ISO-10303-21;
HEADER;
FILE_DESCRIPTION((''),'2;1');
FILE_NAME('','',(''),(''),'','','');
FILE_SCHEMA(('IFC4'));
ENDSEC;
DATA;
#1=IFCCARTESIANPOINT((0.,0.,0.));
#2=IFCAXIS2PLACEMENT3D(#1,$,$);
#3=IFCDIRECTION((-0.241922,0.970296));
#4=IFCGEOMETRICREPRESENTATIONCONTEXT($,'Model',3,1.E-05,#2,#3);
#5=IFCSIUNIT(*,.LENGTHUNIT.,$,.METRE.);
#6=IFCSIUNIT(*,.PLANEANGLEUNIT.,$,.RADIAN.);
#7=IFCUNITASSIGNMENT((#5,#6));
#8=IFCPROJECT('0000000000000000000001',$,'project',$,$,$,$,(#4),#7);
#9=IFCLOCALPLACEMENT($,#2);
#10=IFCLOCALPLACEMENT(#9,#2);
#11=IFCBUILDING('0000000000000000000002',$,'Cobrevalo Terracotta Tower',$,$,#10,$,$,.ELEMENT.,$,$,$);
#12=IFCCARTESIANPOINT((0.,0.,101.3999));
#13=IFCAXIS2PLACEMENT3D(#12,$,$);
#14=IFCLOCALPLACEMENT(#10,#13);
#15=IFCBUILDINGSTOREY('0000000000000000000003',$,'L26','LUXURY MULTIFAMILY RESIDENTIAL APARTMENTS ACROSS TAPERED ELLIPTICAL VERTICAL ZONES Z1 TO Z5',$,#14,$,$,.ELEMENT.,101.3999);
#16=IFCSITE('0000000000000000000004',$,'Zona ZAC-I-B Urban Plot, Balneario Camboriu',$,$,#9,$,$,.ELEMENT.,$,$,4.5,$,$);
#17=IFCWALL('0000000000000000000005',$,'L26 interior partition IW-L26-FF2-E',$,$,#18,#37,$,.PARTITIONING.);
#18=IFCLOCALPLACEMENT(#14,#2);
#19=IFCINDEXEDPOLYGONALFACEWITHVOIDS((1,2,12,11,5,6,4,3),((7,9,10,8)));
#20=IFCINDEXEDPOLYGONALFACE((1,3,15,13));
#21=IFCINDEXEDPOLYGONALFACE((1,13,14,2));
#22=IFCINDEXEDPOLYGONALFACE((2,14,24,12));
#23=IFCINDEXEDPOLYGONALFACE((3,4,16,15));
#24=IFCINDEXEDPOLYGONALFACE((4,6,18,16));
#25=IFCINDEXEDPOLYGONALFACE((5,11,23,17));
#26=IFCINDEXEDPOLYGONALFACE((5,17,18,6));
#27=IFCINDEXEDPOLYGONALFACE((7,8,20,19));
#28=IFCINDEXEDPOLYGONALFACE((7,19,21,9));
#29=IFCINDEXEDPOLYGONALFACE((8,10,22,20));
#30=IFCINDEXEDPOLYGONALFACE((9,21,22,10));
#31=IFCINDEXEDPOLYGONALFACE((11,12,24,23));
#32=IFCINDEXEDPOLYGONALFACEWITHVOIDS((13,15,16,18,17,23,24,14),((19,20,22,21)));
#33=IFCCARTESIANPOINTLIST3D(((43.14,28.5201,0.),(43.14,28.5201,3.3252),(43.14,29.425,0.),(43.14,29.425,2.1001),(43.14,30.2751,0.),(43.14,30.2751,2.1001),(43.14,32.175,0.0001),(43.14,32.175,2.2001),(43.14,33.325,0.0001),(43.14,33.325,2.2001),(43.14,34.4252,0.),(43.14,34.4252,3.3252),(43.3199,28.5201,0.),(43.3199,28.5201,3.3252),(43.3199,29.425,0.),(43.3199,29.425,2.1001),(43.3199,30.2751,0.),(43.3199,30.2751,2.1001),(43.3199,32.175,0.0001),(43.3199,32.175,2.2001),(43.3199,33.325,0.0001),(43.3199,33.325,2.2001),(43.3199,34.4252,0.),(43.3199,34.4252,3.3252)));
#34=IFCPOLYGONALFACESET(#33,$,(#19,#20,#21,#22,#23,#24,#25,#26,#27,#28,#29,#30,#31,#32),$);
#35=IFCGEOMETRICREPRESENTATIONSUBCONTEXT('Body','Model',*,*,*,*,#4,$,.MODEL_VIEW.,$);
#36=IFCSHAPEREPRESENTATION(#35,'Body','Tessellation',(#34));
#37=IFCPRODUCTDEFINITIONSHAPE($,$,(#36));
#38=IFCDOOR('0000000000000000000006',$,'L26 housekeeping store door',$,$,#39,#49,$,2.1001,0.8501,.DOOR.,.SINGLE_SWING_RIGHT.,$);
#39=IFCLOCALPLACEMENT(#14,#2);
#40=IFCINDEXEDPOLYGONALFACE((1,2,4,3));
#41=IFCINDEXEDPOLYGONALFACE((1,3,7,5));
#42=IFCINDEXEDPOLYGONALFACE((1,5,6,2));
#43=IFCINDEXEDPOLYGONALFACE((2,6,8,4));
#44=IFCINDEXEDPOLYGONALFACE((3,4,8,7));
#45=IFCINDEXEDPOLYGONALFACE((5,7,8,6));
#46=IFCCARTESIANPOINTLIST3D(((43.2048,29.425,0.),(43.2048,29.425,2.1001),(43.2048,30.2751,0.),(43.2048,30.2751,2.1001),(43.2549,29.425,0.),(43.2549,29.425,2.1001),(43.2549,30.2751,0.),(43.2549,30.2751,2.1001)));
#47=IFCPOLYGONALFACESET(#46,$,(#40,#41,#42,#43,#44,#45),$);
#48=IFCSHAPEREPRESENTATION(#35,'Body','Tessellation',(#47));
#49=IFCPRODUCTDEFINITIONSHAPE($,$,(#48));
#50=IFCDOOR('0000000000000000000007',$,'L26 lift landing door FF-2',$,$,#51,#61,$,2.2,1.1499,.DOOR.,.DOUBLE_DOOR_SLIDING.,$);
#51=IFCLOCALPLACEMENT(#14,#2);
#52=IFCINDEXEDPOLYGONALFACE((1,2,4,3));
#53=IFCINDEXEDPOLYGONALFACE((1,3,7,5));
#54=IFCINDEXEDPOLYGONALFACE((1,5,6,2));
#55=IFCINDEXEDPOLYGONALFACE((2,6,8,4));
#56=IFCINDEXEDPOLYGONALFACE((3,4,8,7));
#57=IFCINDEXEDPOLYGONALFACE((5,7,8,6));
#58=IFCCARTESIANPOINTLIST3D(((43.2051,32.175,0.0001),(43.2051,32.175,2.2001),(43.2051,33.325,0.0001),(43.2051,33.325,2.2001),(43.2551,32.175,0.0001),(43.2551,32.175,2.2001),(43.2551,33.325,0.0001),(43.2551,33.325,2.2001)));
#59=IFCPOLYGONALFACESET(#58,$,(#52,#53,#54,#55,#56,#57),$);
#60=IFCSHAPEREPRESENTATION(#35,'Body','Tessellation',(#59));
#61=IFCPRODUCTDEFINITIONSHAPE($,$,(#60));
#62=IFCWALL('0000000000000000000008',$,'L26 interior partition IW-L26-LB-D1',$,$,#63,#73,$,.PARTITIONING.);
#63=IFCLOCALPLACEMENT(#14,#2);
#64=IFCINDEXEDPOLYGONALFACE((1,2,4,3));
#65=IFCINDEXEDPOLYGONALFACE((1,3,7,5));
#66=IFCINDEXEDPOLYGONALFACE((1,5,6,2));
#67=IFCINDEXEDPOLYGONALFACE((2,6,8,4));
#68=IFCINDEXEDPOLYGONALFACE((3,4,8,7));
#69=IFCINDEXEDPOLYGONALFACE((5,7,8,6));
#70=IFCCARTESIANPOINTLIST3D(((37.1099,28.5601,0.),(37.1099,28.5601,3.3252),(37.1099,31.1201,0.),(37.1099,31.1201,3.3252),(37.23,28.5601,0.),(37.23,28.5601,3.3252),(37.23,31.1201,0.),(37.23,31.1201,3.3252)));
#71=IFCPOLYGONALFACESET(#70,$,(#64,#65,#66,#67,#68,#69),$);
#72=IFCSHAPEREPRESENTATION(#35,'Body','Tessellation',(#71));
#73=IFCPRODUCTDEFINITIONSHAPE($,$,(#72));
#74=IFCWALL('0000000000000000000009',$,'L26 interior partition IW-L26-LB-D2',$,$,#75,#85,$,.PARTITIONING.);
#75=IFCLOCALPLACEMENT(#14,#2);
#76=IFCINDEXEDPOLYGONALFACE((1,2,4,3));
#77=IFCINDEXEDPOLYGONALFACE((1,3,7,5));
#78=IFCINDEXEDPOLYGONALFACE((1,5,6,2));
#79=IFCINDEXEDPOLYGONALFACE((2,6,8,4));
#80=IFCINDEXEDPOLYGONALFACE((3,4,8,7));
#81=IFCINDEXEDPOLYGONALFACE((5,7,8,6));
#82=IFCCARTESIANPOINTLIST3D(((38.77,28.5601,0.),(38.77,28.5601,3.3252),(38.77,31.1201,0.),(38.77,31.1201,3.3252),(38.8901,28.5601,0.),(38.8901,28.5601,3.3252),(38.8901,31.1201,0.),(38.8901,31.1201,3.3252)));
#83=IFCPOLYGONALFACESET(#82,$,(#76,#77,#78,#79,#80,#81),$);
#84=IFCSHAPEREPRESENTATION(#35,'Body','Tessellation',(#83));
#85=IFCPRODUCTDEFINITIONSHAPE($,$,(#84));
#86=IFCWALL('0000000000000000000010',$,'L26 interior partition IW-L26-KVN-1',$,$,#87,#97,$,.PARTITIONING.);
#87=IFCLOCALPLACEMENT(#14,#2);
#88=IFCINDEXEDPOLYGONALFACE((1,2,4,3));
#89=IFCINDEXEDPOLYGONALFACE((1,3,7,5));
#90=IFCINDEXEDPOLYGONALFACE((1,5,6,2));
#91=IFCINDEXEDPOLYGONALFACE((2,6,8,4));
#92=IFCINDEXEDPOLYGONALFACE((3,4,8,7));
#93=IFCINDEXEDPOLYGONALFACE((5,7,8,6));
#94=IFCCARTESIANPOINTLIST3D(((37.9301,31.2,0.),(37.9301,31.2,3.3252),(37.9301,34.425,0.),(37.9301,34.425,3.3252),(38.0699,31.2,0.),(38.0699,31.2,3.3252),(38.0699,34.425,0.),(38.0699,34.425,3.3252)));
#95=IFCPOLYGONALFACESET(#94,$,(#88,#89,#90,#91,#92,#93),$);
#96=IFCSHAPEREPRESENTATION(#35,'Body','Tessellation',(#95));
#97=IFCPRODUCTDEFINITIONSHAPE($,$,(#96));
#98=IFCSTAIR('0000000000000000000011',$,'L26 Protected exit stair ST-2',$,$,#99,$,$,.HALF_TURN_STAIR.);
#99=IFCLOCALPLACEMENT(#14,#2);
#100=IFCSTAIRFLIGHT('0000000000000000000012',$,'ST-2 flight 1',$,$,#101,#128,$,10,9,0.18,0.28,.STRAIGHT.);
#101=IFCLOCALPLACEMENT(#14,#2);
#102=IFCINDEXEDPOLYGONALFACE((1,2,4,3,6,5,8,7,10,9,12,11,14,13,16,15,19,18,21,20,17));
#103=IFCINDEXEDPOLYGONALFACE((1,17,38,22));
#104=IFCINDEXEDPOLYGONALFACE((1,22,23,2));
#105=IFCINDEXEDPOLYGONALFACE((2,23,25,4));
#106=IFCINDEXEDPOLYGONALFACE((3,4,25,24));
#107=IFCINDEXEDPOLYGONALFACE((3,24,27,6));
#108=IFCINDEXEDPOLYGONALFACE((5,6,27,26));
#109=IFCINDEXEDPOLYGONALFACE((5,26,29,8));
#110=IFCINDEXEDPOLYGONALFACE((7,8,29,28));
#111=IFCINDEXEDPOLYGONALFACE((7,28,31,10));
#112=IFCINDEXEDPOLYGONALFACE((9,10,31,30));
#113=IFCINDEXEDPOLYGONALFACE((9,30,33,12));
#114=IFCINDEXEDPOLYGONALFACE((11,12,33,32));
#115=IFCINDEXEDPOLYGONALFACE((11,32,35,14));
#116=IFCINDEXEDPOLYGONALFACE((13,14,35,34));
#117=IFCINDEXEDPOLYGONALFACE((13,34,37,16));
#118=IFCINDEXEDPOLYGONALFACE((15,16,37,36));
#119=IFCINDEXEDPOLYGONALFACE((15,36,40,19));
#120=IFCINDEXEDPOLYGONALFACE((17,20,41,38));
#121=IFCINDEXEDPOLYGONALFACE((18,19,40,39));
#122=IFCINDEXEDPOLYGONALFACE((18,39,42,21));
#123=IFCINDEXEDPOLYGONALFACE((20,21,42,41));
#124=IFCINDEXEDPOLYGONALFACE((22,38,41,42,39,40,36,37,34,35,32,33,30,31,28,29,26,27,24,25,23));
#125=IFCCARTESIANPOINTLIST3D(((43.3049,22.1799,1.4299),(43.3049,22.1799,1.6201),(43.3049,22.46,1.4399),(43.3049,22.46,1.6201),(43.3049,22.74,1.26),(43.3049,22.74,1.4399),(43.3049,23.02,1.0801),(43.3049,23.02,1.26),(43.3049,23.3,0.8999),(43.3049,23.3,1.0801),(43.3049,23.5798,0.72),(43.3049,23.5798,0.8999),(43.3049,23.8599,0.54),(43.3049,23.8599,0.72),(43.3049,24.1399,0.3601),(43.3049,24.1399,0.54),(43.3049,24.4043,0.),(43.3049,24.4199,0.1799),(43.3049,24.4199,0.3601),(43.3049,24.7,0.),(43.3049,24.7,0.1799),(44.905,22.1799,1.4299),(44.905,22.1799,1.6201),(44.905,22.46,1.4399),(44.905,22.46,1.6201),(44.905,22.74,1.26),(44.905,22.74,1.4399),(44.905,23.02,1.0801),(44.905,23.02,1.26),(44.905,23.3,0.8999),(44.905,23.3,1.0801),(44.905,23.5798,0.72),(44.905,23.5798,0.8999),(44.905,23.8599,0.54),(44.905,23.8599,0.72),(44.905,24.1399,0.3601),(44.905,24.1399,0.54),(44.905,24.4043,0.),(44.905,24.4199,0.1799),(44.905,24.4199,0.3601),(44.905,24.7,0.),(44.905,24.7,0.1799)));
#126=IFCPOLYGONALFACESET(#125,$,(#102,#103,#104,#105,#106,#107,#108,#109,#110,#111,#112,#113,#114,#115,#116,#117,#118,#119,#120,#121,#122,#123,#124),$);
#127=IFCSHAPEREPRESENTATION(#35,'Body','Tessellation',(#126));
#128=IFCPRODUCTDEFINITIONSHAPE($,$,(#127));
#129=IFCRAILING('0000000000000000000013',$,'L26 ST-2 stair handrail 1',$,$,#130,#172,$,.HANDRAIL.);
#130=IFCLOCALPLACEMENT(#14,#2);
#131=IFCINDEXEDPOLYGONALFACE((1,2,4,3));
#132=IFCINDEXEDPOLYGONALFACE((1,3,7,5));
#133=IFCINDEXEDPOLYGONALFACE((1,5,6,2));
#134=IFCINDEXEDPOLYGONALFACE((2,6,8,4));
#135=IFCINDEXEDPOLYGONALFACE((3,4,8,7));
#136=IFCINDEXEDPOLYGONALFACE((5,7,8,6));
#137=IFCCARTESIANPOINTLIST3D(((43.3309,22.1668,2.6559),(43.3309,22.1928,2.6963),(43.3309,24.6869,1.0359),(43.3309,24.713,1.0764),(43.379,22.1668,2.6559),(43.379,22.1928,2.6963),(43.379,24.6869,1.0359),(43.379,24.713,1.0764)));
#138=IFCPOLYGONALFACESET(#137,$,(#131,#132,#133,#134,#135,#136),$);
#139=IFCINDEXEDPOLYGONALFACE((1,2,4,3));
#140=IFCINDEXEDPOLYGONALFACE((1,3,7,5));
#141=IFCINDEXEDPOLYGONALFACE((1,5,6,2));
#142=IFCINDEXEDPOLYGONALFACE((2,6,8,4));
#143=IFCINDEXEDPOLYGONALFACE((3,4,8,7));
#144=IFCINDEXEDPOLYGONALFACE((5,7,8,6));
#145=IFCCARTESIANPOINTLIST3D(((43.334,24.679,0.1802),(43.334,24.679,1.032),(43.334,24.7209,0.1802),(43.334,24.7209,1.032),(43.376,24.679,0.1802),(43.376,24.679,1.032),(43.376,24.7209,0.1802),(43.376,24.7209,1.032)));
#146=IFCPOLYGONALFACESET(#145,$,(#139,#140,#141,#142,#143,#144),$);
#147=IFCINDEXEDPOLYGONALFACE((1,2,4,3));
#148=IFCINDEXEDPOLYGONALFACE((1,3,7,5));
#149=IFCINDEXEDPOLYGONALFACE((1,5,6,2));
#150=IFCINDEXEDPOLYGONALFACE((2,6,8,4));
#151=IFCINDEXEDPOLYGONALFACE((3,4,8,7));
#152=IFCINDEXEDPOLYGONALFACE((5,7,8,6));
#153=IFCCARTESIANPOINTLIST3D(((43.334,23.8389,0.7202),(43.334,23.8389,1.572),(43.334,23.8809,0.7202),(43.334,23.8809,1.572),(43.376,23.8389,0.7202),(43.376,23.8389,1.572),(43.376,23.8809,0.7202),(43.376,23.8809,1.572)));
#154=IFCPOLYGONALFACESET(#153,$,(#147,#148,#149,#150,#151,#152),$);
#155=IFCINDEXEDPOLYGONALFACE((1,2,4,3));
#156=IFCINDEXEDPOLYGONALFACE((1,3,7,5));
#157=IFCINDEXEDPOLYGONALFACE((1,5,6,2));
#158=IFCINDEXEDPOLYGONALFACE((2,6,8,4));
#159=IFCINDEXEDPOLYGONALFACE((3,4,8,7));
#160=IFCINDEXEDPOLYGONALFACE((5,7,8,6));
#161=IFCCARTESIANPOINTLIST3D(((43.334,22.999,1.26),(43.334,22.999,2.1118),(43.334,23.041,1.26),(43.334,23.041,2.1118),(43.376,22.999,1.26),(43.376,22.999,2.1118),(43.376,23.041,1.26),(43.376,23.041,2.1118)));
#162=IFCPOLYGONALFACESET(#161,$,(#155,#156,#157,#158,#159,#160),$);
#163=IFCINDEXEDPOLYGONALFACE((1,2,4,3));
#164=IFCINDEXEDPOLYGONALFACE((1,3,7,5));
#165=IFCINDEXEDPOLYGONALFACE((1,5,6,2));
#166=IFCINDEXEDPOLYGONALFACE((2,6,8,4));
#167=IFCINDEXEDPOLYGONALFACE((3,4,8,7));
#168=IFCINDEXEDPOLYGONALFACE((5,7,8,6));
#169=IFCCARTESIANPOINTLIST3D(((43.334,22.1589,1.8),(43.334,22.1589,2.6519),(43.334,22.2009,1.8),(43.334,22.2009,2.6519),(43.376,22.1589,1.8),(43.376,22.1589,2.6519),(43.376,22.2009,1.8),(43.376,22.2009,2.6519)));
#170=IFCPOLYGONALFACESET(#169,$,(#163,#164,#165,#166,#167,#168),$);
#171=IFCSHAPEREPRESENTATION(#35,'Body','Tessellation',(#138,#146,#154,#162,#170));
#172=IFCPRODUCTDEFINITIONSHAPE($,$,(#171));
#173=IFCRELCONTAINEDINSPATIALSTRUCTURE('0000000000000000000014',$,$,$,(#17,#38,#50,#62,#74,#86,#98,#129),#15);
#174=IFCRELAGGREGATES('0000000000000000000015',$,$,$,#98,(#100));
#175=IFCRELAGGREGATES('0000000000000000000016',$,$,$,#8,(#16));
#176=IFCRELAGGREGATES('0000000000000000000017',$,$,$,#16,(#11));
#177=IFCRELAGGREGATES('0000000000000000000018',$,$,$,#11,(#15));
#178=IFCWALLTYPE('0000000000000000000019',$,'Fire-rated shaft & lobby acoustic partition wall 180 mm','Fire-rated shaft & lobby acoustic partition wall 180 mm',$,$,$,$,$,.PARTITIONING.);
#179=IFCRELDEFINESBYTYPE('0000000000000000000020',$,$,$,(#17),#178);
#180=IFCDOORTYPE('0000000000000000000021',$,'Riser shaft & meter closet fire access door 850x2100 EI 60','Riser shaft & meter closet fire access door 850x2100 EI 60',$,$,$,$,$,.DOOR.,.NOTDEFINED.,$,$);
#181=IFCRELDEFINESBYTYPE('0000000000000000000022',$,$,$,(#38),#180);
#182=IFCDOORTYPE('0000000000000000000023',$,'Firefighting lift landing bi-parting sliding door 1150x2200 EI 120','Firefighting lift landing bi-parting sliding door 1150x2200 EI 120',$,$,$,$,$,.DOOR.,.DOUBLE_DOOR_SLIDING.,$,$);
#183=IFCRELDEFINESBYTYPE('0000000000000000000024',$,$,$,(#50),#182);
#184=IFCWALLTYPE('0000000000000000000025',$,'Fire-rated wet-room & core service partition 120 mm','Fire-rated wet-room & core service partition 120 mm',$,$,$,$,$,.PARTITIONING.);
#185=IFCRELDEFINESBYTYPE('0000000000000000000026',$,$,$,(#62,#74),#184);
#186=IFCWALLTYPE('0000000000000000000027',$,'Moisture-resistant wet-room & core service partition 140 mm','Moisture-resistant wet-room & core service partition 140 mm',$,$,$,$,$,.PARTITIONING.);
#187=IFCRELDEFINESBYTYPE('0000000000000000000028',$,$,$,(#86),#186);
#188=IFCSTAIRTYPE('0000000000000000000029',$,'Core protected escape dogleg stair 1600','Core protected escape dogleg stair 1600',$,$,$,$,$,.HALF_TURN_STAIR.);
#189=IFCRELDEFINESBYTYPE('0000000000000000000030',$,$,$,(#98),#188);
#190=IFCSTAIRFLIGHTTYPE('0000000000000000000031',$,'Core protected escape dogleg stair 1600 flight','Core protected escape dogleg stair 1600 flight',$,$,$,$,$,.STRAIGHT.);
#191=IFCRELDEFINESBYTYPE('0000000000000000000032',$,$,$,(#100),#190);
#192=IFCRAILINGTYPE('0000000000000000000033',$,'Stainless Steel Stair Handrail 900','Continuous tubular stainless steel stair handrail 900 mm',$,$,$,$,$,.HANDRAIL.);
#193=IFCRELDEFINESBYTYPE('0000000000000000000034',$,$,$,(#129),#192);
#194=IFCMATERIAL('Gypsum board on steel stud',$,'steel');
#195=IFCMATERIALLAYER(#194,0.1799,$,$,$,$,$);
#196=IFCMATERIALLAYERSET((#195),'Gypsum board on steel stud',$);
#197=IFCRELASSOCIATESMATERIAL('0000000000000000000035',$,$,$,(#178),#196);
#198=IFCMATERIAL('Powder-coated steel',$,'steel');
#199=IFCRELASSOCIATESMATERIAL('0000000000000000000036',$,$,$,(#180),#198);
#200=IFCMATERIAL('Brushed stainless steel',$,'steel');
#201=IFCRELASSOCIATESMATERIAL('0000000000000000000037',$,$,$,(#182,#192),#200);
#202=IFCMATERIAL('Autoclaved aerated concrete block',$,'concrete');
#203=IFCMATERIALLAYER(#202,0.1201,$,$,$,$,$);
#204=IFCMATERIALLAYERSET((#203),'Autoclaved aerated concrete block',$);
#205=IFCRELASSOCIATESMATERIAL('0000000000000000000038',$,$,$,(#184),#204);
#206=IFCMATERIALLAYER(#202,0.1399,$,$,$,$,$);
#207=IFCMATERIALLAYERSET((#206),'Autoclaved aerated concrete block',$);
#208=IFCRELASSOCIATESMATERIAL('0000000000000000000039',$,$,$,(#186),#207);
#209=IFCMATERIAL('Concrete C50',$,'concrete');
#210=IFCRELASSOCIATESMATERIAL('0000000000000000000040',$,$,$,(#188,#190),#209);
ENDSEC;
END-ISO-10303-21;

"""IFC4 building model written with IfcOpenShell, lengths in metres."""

from ifc_helpers import new_model, si_unit, direction, frame, frame_2d, origin, origin_2d, place, context, subcontext, project, spatial, polyline, rectangle, outline, extrude, source, transform, mapped, material, layer, layer_set, type_object, element, fill, aggregate, save


model = new_model("IFC4")

# Units and contexts
model_context = context("Model", 3, precision=1e-05, world=origin(), true_north=direction((-0.241922, 0.970296)))
body_context = subcontext(model_context, "Body", "Model", "MODEL_VIEW")
ifc_project = project(units=[si_unit("LENGTHUNIT", "METRE"), si_unit("PLANEANGLEUNIT", "RADIAN")], contexts=[model_context])

# Site, building, storey
site_placement = place(None, origin())
site = spatial("IfcSite", under=ifc_project, at=site_placement, Name="Zona ZAC-I-B Urban Plot, Balneario Camboriu", CompositionType="ELEMENT", RefElevation=4.5)
building_placement = place(site_placement, origin())
building = spatial("IfcBuilding", under=site, at=building_placement, Name="Cobrevalo Terracotta Tower", CompositionType="ELEMENT")
storey_placement = place(building_placement, frame((0.0, 0.0, 101.3999)))
storey = spatial("IfcBuildingStorey", under=building, at=storey_placement, Name="L26", Description="LUXURY MULTIFAMILY RESIDENTIAL APARTMENTS ACROSS TAPERED ELLIPTICAL VERTICAL ZONES Z1 TO Z5", CompositionType="ELEMENT", Elevation=101.3999)

# Shared definitions
ifc_material_1 = material(Name="Gypsum board on steel stud", Category="steel")

# Shared definitions
ifc_material_2 = material(Name="Brushed stainless steel", Category="steel")

# Shared definitions
ifc_layer_1 = layer(ifc_material_1, 0.1799)
ifc_layer_set_1 = layer_set([ifc_layer_1], Name="Gypsum board on steel stud")
wall_type_1 = type_object("IfcWallType", Name="Fire-rated shaft & lobby acoustic partition wall 180 mm", Description="Fire-rated shaft & lobby acoustic partition wall 180 mm", PredefinedType="PARTITIONING", material=ifc_layer_set_1)
ifc_material_3 = material(Name="Powder-coated steel", Category="steel")
door_type_1 = type_object("IfcDoorType", Name="Riser shaft & meter closet fire access door 850x2100 EI 60", Description="Riser shaft & meter closet fire access door 850x2100 EI 60", OperationType="NOTDEFINED", PredefinedType="DOOR", material=ifc_material_3)
shared_shape_1 = source(origin(), body_context, "Body", "SweptSolid", [
    extrude(rectangle(XDim=0.8501, YDim=2.1001, at=frame_2d((0.425, 1.05))), frame((0.0, 0.0249, 0.0), z_axis=(0.0, -1.0, 0.0), x_axis=(1.0, 0.0, 0.0)), (0.0, 0.0, 1.0), 0.05),
])

# Wall, openings, doors
wall_1_placement = place(storey_placement, frame((43.23, 28.52, 0.0), z_axis=(0.0, 0.0, 1.0), x_axis=(0.0, 1.0, 0.0)))
wall_1 = element("IfcWall", 1, at=wall_1_placement, inside=storey, type_object=wall_type_1, Name="L26 interior partition IW-L26-FF2-E", PredefinedType="PARTITIONING", context=body_context, shape_type="SweptSolid", body=[
    extrude(rectangle(XDim=5.905, YDim=0.1799, at=frame_2d((2.9526, 0.0))), origin(), (0.0, 0.0, 1.0), 3.3252),
])
opening_1_placement = place(wall_1_placement, frame((0.905, 0.0, 0.0)))
opening_1 = element("IfcOpeningElement", 2, at=opening_1_placement, cuts=wall_1, PredefinedType="OPENING", context=body_context, shape_type="SweptSolid", body=[
    extrude(rectangle(XDim=0.8501, YDim=2.1001, at=frame_2d((0.425, 1.05))), frame((0.0, 0.1001, 0.0), z_axis=(0.0, -1.0, 0.0), x_axis=(1.0, 0.0, 0.0)), (0.0, 0.0, 1.0), 0.2),
])
opening_2_placement = place(wall_1_placement, frame((3.655, 0.0, 0.0)))
opening_2 = element("IfcOpeningElement", 3, at=opening_2_placement, cuts=wall_1, PredefinedType="OPENING", context=body_context, shape_type="SweptSolid", body=[
    extrude(rectangle(XDim=1.1499, YDim=2.2, at=frame_2d((0.575, 1.1001))), frame((0.0, 0.1001, 0.0), z_axis=(0.0, -1.0, 0.0), x_axis=(1.0, 0.0, 0.0)), (0.0, 0.0, 1.0), 0.2),
])
door_1_placement = place(opening_1_placement, frame((0.8501, 0.0, 0.0), z_axis=(0.0, 0.0, 1.0), x_axis=(-1.0, 0.0, 0.0)))
door_1 = element("IfcDoor", 4, at=door_1_placement, inside=storey, type_object=door_type_1, Name="L26 housekeeping store door", OperationType="SINGLE_SWING_RIGHT", OverallHeight=2.1001, OverallWidth=0.8501, PredefinedType="DOOR", context=body_context, shape_type="MappedRepresentation", body=[
    mapped(shared_shape_1, transform((0.0, 0.0, 0.0), scale=1.0)),
])
fill(opening_1, door_1)
door_type_2 = type_object("IfcDoorType", Name="Firefighting lift landing bi-parting sliding door 1150x2200 EI 120", Description="Firefighting lift landing bi-parting sliding door 1150x2200 EI 120", OperationType="DOUBLE_DOOR_SLIDING", PredefinedType="DOOR", material=ifc_material_2)
shared_shape_2 = source(origin(), body_context, "Body", "SweptSolid", [
    extrude(rectangle(XDim=1.1499, YDim=2.2, at=frame_2d((0.575, 1.1001))), frame((0.0, 0.0249, 0.0), z_axis=(0.0, -1.0, 0.0), x_axis=(1.0, 0.0, 0.0)), (0.0, 0.0, 1.0), 0.05),
])
door_2_placement = place(opening_2_placement, origin())
door_2 = element("IfcDoor", 5, at=door_2_placement, inside=storey, type_object=door_type_2, Name="L26 lift landing door FF-2", OperationType="DOUBLE_DOOR_SLIDING", OverallHeight=2.2, OverallWidth=1.1499, PredefinedType="DOOR", context=body_context, shape_type="MappedRepresentation", body=[
    mapped(shared_shape_2, transform((0.0, 0.0, 0.0), scale=1.0)),
])
fill(opening_2, door_2)

# Walls
ifc_material_4 = material(Name="Autoclaved aerated concrete block", Category="concrete")
ifc_layer_2 = layer(ifc_material_4, 0.1201)
ifc_layer_set_2 = layer_set([ifc_layer_2], Name="Autoclaved aerated concrete block")
wall_type_2 = type_object("IfcWallType", Name="Fire-rated wet-room & core service partition 120 mm", Description="Fire-rated wet-room & core service partition 120 mm", PredefinedType="PARTITIONING", material=ifc_layer_set_2)
for number, where, z_axis, x_axis, name in (
    (6, (37.1699, 28.5601, 0.0), (0.0, 0.0, 1.0), (0.0, 1.0, 0.0), "L26 interior partition IW-L26-LB-D1"),
    (7, (38.8301, 28.5601, 0.0), (0.0, 0.0, 1.0), (0.0, 1.0, 0.0), "L26 interior partition IW-L26-LB-D2"),
):
    element("IfcWall", number, at=place(storey_placement, frame(where, z_axis=z_axis, x_axis=x_axis)), inside=storey, type_object=wall_type_2, Name=name, PredefinedType="PARTITIONING", context=body_context, shape_type="SweptSolid", body=[
        extrude(rectangle(XDim=2.5601, YDim=0.1201, at=frame_2d((1.28, 0.0))), origin(), (0.0, 0.0, 1.0), 3.3252),
    ])
ifc_layer_3 = layer(ifc_material_4, 0.1399)
ifc_layer_set_3 = layer_set([ifc_layer_3], Name="Autoclaved aerated concrete block")
wall_type_3 = type_object("IfcWallType", Name="Moisture-resistant wet-room & core service partition 140 mm", Description="Moisture-resistant wet-room & core service partition 140 mm", PredefinedType="PARTITIONING", material=ifc_layer_set_3)
wall_2_placement = place(storey_placement, frame((38.0, 31.2, 0.0), z_axis=(0.0, 0.0, 1.0), x_axis=(0.0, 1.0, 0.0)))
element("IfcWall", 8, at=wall_2_placement, inside=storey, type_object=wall_type_3, Name="L26 interior partition IW-L26-KVN-1", PredefinedType="PARTITIONING", context=body_context, shape_type="SweptSolid", body=[
    extrude(rectangle(XDim=3.2251, YDim=0.1399, at=frame_2d((1.6125, 0.0))), origin(), (0.0, 0.0, 1.0), 3.3252),
])

# Shared definitions
ifc_material_5 = material(Name="Concrete C50", Category="concrete")

# Stair, stair flight
stair_type = type_object("IfcStairType", Name="Core protected escape dogleg stair 1600", Description="Core protected escape dogleg stair 1600", PredefinedType="HALF_TURN_STAIR", material=ifc_material_5)
stair_placement = place(storey_placement, origin())
stair = element("IfcStair", 9, at=stair_placement, inside=storey, type_object=stair_type, Name="L26 Protected exit stair ST-2", PredefinedType="HALF_TURN_STAIR")
stair_flight_type = type_object("IfcStairFlightType", Name="Core protected escape dogleg stair 1600 flight", Description="Core protected escape dogleg stair 1600 flight", PredefinedType="STRAIGHT", material=ifc_material_5)
stair_flight_placement = place(storey_placement, frame((44.105, 24.7, 0.0), z_axis=(0.0, 0.0, 1.0), x_axis=(0.0, -1.0, 0.0)))
stair_flight = element("IfcStairFlight", 10, at=stair_flight_placement, type_object=stair_flight_type, Name="ST-2 flight 1", NumberOfRisers=10, NumberOfTreads=9, PredefinedType="STRAIGHT", RiserHeight=0.18, TreadLength=0.28, context=body_context, shape_type="SweptSolid", body=[
    extrude(outline(polyline([(0.0, 0.0), (0.0, 0.1799), (0.28, 0.1799), (0.28, 0.3601), (0.5601, 0.3601), (0.5601, 0.54), (0.8401, 0.54), (0.8401, 0.72), (1.1201, 0.72), (1.1201, 0.8999), (1.3999, 0.8999), (1.3999, 1.0801), (1.6799, 1.0801), (1.6799, 1.26), (1.96, 1.26), (1.96, 1.4399), (2.24, 1.4399), (2.24, 1.6201), (2.52, 1.6201), (2.52, 1.8), (2.52, 1.4299), (0.2957, 0.0), (0.0, 0.0)])), frame((0.0, 0.8, 0.0), z_axis=(0.0, -1.0, 0.0), x_axis=(1.0, 0.0, 0.0)), (0.0, 0.0, 1.0), 1.6001),
])
aggregate(stair, [stair_flight])

# Railing
railing_type_1 = type_object("IfcRailingType", Name="Stainless Steel Stair Handrail 900", Description="Continuous tubular stainless steel stair handrail 900 mm", PredefinedType="HANDRAIL", material=ifc_material_2)
railing_1_placement = place(storey_placement, frame((43.355, 24.7, 0.1802)))
element("IfcRailing", 11, at=railing_1_placement, inside=storey, type_object=railing_type_1, Name="L26 ST-2 stair handrail 1", PredefinedType="HANDRAIL", context=body_context, shape_type="SweptSolid", body=[
    extrude(rectangle(XDim=0.0481, YDim=0.0481, at=origin_2d()), frame((0.0, 0.0, 0.876), z_axis=(0.0, -0.8412, 0.540725), x_axis=(1.0, 0.0, 0.0)), (0.0, 0.0, 1.0), 2.9958),
    extrude(rectangle(XDim=0.042, YDim=0.042, at=origin_2d()), origin(), (0.0, 0.0, 1.0), 0.8518),
    extrude(rectangle(XDim=0.042, YDim=0.042, at=origin_2d()), frame((0.0, -0.8401, 0.54)), (0.0, 0.0, 1.0), 0.8518),
    extrude(rectangle(XDim=0.042, YDim=0.042, at=origin_2d()), frame((0.0, -1.6799, 1.0798)), (0.0, 0.0, 1.0), 0.8518),
    extrude(rectangle(XDim=0.042, YDim=0.042, at=origin_2d()), frame((0.0, -2.52, 1.6199)), (0.0, 0.0, 1.0), 0.8518),
])

save(model, "model.ifc")
